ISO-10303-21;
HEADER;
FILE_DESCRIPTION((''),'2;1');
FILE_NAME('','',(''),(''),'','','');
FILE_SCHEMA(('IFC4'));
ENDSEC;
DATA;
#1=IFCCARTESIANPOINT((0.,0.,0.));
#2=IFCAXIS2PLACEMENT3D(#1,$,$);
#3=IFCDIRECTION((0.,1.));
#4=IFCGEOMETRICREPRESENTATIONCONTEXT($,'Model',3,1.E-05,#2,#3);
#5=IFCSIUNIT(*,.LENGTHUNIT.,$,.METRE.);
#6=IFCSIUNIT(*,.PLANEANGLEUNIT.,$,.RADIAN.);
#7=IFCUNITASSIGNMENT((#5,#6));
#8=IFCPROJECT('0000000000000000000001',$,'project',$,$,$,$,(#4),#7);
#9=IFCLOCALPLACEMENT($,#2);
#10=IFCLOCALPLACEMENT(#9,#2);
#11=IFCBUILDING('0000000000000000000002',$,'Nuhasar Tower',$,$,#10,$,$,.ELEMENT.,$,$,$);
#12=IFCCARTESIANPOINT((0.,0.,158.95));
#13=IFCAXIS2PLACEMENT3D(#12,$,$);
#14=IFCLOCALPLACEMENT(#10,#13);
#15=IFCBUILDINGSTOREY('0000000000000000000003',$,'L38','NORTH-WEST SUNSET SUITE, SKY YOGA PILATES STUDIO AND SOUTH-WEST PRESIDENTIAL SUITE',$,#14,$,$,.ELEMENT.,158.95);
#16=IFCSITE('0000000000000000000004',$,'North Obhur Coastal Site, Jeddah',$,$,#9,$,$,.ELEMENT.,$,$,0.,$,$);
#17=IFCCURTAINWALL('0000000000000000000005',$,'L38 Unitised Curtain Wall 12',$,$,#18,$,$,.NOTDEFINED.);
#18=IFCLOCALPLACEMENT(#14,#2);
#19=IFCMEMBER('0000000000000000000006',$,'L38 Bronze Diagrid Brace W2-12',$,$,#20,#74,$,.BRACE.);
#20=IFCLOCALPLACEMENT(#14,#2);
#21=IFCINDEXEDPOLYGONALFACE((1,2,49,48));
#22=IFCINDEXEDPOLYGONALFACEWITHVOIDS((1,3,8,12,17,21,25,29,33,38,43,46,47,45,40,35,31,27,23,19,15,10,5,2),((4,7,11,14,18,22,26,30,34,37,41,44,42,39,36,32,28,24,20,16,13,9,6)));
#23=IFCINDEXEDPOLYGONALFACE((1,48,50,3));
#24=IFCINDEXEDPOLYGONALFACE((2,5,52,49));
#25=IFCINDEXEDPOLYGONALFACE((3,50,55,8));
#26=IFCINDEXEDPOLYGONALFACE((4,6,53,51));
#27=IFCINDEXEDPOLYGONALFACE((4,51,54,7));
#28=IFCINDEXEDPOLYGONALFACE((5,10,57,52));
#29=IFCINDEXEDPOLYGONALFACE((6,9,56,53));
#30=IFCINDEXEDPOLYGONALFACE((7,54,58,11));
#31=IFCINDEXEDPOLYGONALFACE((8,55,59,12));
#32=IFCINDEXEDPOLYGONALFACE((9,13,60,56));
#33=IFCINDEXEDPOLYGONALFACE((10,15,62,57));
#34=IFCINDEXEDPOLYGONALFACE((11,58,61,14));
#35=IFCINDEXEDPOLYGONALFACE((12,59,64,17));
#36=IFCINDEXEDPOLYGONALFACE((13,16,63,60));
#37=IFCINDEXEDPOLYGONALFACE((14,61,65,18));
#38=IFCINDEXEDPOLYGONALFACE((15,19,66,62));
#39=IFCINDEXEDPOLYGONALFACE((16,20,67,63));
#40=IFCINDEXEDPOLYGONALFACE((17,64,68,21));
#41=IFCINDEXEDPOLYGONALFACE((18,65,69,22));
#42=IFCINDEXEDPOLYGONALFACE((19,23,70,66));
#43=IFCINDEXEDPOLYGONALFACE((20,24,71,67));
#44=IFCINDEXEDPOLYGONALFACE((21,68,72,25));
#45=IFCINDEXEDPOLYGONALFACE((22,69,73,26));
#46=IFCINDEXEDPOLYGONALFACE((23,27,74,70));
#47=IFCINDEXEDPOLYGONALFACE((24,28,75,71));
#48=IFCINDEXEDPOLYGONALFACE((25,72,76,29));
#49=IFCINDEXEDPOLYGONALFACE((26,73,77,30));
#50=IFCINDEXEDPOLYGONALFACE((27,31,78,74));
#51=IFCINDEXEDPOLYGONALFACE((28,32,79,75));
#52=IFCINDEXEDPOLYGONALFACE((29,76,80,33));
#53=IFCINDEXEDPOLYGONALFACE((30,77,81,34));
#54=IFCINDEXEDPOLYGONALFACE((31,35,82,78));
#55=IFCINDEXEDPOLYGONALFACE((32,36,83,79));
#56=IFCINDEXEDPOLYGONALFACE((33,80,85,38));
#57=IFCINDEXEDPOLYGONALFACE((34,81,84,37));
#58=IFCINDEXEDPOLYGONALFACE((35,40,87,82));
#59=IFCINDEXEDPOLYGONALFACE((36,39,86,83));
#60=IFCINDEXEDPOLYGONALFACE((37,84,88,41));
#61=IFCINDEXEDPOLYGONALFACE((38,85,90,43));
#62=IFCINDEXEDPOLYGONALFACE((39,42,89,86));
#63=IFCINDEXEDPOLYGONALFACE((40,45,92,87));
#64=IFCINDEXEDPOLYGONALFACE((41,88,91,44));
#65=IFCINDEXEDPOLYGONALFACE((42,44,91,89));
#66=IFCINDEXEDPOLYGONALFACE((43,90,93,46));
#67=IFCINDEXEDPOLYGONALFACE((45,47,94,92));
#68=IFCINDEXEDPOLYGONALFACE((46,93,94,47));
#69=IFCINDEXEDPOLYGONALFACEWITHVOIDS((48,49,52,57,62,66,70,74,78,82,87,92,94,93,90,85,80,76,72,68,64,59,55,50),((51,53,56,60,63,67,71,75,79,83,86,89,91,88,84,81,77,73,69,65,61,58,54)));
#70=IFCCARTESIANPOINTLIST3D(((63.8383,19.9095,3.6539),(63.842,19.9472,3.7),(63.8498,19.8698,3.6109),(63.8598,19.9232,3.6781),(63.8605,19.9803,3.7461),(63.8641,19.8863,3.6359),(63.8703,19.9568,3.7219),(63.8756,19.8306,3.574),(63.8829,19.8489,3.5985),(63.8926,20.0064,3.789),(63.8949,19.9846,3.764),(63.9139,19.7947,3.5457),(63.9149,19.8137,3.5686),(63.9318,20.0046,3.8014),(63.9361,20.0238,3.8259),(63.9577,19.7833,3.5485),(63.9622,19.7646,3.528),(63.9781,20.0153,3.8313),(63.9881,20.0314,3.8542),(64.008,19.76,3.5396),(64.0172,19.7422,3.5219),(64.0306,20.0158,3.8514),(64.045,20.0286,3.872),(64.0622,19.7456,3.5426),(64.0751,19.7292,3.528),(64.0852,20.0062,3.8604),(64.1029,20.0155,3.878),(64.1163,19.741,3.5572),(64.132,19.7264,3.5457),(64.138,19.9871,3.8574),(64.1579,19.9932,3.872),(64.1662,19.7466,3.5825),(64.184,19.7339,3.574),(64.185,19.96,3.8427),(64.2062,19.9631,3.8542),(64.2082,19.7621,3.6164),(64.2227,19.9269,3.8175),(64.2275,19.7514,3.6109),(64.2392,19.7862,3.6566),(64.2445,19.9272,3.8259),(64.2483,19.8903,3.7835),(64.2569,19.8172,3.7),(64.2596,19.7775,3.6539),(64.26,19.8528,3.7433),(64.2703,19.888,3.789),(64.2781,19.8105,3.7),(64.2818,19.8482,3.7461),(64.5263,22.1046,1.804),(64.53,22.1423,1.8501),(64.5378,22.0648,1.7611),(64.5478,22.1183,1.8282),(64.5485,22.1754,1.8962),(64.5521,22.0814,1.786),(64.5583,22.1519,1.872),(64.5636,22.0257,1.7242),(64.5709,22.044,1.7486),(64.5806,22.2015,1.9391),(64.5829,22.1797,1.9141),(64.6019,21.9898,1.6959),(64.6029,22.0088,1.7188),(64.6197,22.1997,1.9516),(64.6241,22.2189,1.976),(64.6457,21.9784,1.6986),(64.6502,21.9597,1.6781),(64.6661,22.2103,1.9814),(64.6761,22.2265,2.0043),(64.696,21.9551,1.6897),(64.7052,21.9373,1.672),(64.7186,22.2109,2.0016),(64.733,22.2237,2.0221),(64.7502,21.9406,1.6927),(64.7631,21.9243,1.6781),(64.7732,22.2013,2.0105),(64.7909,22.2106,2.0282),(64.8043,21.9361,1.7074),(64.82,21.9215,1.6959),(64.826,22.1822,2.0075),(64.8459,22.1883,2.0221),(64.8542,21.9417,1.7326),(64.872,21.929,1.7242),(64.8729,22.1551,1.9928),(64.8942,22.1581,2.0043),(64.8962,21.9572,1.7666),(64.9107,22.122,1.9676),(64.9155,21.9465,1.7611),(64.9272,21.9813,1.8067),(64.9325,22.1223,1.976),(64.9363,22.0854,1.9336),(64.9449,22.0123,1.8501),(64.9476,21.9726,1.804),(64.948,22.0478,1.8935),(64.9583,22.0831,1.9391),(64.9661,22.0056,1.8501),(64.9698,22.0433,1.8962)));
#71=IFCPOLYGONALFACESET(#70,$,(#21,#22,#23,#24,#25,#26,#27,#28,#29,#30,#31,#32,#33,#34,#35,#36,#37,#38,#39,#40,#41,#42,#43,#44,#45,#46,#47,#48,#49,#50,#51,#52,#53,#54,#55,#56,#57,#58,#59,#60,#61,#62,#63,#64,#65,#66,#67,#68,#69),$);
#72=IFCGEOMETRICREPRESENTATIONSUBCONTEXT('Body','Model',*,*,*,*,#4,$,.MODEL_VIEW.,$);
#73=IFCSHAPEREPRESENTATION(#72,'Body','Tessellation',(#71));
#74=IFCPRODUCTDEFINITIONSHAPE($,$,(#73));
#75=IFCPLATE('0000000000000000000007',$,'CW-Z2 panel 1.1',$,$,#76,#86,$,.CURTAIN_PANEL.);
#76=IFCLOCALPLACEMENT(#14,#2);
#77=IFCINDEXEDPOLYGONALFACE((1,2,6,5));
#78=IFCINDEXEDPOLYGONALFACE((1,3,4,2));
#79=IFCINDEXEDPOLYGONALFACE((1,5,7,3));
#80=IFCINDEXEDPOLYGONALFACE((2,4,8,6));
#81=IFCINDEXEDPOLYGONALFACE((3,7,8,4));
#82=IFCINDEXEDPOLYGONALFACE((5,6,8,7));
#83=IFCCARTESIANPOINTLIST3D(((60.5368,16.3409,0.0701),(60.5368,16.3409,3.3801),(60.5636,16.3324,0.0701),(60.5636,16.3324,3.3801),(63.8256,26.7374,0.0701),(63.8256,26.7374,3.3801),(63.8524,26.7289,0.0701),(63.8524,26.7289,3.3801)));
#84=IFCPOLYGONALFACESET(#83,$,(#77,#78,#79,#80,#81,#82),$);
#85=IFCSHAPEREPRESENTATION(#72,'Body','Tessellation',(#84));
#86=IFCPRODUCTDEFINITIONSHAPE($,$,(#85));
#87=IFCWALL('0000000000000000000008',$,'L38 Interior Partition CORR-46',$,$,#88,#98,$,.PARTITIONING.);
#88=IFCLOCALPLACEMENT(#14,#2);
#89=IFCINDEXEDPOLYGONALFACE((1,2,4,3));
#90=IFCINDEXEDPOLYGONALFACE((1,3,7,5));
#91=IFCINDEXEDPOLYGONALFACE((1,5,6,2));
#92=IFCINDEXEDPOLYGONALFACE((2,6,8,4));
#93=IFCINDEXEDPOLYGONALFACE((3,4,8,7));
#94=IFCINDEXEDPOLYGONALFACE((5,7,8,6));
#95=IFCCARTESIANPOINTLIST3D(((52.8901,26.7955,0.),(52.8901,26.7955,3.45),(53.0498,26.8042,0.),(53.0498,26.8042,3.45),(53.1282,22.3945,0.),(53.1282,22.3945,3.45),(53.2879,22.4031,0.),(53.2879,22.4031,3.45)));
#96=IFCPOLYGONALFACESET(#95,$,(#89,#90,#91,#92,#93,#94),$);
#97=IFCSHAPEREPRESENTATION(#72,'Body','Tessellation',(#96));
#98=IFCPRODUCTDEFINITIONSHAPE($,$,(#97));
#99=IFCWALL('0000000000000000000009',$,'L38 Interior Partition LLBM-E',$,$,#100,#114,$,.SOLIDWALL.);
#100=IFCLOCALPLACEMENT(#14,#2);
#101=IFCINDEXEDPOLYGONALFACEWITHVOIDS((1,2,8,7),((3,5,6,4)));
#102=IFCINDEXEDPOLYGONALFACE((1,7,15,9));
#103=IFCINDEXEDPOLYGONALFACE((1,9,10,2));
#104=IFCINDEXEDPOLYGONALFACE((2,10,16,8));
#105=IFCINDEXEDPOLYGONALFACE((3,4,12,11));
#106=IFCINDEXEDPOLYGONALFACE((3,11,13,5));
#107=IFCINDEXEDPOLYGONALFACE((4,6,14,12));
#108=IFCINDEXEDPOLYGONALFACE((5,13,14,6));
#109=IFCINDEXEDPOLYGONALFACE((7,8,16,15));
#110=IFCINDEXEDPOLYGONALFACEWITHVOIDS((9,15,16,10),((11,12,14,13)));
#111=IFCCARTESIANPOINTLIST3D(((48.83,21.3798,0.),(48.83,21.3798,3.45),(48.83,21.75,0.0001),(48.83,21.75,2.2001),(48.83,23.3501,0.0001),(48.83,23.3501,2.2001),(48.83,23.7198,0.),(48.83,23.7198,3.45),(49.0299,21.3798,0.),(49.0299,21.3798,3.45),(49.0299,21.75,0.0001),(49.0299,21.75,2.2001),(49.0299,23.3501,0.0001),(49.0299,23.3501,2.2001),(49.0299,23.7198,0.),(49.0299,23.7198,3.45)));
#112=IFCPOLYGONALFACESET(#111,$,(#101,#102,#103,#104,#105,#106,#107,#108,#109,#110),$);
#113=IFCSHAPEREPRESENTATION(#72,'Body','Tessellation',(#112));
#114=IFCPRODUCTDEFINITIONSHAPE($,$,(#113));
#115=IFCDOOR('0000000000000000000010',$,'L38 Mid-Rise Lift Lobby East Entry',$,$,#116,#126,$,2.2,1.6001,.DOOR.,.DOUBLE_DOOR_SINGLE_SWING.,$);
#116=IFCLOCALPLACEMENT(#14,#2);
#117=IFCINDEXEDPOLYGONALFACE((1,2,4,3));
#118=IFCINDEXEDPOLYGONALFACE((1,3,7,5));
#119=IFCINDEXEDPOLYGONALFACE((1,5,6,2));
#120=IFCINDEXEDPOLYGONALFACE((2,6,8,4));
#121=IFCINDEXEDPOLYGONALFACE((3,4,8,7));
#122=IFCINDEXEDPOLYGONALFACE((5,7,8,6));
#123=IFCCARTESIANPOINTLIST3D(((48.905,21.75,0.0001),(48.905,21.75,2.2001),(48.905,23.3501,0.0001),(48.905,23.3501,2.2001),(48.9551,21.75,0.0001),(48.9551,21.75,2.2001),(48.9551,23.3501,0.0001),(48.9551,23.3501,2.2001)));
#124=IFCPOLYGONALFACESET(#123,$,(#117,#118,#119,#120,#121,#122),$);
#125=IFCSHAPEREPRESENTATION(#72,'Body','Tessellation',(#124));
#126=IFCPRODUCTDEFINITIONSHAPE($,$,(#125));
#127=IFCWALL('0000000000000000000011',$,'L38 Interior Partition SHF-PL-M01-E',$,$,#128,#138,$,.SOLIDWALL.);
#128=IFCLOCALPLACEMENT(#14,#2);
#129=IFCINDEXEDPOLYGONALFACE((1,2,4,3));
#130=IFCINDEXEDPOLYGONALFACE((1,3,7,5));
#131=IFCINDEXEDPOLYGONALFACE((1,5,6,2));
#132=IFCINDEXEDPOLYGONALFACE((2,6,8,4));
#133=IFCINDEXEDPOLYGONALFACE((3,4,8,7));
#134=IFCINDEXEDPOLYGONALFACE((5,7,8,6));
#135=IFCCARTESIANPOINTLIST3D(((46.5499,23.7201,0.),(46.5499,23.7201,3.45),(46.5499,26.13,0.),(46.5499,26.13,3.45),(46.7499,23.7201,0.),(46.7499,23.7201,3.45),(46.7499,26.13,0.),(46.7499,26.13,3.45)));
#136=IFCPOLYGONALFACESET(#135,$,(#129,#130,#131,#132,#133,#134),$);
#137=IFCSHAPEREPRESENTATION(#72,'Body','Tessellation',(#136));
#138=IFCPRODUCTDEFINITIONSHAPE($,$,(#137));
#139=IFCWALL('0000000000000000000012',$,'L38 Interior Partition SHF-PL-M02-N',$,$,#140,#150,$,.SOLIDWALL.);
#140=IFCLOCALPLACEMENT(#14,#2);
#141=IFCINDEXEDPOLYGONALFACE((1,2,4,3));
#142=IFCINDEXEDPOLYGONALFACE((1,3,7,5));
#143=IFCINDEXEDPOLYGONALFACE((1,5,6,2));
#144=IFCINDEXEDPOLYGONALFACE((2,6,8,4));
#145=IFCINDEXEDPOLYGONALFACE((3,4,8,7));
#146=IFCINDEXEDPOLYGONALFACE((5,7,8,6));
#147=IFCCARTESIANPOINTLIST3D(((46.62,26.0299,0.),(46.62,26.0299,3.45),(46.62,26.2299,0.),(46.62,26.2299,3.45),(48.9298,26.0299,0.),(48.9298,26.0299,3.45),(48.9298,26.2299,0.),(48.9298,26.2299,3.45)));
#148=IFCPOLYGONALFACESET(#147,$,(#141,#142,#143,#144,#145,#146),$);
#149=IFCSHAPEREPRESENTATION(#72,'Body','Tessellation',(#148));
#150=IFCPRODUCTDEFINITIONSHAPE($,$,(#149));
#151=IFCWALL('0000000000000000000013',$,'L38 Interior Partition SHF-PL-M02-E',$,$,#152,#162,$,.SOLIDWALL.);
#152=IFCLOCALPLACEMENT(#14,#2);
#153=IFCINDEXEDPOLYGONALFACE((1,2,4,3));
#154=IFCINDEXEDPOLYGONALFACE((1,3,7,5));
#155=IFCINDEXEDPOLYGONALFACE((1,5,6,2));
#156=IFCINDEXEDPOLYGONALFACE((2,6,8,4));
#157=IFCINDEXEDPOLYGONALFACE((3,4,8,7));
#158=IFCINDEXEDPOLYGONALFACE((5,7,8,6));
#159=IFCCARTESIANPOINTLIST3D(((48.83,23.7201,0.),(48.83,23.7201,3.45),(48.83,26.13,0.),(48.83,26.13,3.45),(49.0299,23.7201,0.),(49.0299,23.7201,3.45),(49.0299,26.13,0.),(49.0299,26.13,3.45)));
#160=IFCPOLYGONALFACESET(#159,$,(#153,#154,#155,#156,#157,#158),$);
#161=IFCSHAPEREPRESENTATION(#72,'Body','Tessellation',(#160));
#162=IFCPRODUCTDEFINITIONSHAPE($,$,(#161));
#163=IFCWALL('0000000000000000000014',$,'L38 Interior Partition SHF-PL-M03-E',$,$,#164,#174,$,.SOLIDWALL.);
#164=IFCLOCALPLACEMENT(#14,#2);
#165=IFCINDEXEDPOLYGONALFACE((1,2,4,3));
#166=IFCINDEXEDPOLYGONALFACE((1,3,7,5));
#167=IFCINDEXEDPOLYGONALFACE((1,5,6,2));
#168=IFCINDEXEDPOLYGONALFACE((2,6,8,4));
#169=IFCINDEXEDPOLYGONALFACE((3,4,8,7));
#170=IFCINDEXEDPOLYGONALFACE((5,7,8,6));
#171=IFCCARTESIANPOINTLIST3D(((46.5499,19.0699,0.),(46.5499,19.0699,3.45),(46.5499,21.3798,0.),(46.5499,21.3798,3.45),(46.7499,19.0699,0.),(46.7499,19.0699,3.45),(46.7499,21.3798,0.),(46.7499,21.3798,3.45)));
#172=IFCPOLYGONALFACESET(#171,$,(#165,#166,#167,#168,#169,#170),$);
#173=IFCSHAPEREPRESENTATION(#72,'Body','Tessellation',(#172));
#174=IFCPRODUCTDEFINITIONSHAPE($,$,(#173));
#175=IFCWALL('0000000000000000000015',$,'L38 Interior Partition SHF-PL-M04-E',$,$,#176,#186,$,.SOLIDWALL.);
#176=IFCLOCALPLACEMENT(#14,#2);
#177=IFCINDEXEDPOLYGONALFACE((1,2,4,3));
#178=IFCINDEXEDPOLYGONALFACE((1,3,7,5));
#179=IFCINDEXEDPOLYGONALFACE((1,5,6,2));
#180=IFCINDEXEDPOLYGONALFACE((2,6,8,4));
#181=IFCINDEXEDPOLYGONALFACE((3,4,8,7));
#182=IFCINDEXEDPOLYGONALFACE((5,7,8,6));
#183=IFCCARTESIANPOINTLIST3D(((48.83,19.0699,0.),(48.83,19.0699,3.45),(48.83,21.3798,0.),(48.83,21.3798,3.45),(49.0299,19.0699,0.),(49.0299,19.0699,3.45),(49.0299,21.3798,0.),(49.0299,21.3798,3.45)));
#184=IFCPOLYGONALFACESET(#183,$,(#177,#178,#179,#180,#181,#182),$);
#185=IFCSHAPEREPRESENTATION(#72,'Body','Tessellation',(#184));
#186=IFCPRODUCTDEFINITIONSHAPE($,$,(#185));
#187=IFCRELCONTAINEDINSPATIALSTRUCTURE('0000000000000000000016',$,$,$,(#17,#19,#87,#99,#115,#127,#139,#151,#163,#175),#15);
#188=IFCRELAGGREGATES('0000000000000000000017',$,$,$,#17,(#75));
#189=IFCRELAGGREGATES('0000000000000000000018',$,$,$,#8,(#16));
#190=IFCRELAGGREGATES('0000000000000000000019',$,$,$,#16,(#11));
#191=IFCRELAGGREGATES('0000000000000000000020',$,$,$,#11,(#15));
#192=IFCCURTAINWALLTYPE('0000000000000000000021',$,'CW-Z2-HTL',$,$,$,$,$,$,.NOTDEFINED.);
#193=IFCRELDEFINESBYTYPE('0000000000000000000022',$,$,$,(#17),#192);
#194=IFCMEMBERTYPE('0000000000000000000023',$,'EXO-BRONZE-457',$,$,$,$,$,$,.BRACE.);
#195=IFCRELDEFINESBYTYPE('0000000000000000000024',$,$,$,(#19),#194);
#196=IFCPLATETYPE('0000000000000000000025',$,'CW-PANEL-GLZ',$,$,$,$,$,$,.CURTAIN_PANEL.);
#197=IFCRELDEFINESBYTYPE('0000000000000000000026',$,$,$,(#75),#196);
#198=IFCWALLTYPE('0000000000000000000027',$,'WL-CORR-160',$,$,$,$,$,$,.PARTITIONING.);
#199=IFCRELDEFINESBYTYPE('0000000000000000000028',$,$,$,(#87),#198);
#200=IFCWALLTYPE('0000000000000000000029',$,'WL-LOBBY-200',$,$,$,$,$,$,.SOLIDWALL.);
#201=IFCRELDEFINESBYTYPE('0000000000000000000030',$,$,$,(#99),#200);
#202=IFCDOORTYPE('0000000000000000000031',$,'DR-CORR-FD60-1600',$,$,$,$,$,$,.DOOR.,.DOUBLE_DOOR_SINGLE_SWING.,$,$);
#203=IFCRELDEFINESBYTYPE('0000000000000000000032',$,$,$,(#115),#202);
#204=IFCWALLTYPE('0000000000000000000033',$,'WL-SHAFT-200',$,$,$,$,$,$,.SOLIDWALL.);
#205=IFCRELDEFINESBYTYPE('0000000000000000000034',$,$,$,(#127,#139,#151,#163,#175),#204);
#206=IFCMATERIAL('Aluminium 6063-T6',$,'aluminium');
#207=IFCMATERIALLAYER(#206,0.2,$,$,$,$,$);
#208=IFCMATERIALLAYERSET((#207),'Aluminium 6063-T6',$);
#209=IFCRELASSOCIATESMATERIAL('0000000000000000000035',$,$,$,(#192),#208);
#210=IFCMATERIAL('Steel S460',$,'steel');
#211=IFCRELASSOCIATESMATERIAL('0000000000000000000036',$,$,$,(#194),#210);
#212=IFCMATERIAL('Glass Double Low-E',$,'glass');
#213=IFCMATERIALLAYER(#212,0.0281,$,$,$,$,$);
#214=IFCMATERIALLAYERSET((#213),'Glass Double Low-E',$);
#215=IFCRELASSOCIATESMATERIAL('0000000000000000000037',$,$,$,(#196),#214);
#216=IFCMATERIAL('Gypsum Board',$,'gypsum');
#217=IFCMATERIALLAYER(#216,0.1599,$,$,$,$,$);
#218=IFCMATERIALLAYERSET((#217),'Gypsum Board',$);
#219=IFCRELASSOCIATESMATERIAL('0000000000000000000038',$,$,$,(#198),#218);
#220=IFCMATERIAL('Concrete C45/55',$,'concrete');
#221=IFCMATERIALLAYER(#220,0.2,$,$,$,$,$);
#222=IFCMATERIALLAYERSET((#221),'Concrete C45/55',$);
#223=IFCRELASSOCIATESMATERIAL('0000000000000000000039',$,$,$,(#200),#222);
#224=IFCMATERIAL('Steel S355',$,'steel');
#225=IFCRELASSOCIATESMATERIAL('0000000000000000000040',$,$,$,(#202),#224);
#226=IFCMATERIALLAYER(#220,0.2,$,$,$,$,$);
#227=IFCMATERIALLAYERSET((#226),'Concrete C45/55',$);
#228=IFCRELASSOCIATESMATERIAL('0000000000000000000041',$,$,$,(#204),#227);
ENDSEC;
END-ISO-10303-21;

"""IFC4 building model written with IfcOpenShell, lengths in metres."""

from ifc_helpers import new_model, si_unit, direction, frame, frame_2d, origin, origin_2d, place, context, subcontext, project, spatial, rectangle, hollow_circle, extrude, material, layer, layer_set, material_profile, profile_set, type_object, element, fill, aggregate, save


model = new_model("IFC4")

# Units and contexts
model_context = context("Model", 3, precision=1e-05, world=origin(), true_north=direction((0.0, 1.0)))
body_context = subcontext(model_context, "Body", "Model", "MODEL_VIEW")
ifc_project = project(units=[si_unit("LENGTHUNIT", "METRE"), si_unit("PLANEANGLEUNIT", "RADIAN")], contexts=[model_context])

# Site, building, storey
site_placement = place(None, origin())
site = spatial("IfcSite", under=ifc_project, at=site_placement, Name="North Obhur Coastal Site, Jeddah", CompositionType="ELEMENT", RefElevation=0.0)
building_placement = place(site_placement, origin())
building = spatial("IfcBuilding", under=site, at=building_placement, Name="Nuhasar Tower", CompositionType="ELEMENT")
storey_placement = place(building_placement, frame((0.0, 0.0, 158.95)))
storey = spatial("IfcBuildingStorey", under=building, at=storey_placement, Name="L38", Description="NORTH-WEST SUNSET SUITE, SKY YOGA PILATES STUDIO AND SOUTH-WEST PRESIDENTIAL SUITE", CompositionType="ELEMENT", Elevation=158.95)

# Shared definitions
ifc_material_1 = material(Name="Steel S355", Category="steel")

# Curtain wall
ifc_material_2 = material(Name="Aluminium 6063-T6", Category="aluminium")
ifc_layer_1 = layer(ifc_material_2, 0.2)
ifc_layer_set_1 = layer_set([ifc_layer_1], Name="Aluminium 6063-T6")
curtain_wall_type = type_object("IfcCurtainWallType", Name="CW-Z2-HTL", PredefinedType="NOTDEFINED", material=ifc_layer_set_1)
curtain_wall_placement = place(storey_placement, origin())
curtain_wall = element("IfcCurtainWall", 1, at=curtain_wall_placement, inside=storey, type_object=curtain_wall_type, Name="L38 Unitised Curtain Wall 12", PredefinedType="NOTDEFINED")

# Member
ifc_material_3 = material(Name="Steel S460", Category="steel")
ifc_material_profile_1 = material_profile(ifc_material_3, hollow_circle(Radius=0.2285, WallThickness=0.0222, at=origin_2d()), Name="HSS457X22.2")
ifc_profile_set_1 = profile_set([ifc_material_profile_1], Name="Steel S460")
member_type_1 = type_object("IfcMemberType", Name="EXO-BRONZE-457", PredefinedType="BRACE", material=ifc_profile_set_1)
member_1_placement = place(storey_placement, frame((64.748, 22.074, 1.8501), z_axis=(-0.233068, -0.743616, 0.626669), x_axis=(0.954228, -0.299079, 0.0)))
element("IfcMember", 2, at=member_1_placement, inside=storey, type_object=member_type_1, Name="L38 Bronze Diagrid Brace W2-12", PredefinedType="BRACE", context=body_context, shape_type="SweptSolid", body=[
    extrude(hollow_circle(Radius=0.2285, WallThickness=0.0222, at=origin_2d()), origin(), (0.0, 0.0, 1.0), 2.9519),
])

# Plate
ifc_material_4 = material(Name="Glass Double Low-E", Category="glass")
ifc_layer_2 = layer(ifc_material_4, 0.0281)
ifc_layer_set_2 = layer_set([ifc_layer_2], Name="Glass Double Low-E")
plate_type = type_object("IfcPlateType", Name="CW-PANEL-GLZ", PredefinedType="CURTAIN_PANEL", material=ifc_layer_set_2)
plate_placement = place(storey_placement, frame((62.1946, 21.5349, 0.0701), z_axis=(0.0, 0.0, 1.0), x_axis=(0.301604, 0.953433, 0.0)))
plate = element("IfcPlate", 3, at=plate_placement, type_object=plate_type, Name="CW-Z2 panel 1.1", PredefinedType="CURTAIN_PANEL", context=body_context, shape_type="SweptSolid", body=[
    extrude(rectangle(XDim=10.9043, YDim=0.0281, at=origin_2d()), origin(), (0.0, 0.0, 1.0), 3.3101),
])
aggregate(curtain_wall, [plate])

# Shared definitions
ifc_material_5 = material(Name="Gypsum Board", Category="gypsum")
ifc_layer_3 = layer(ifc_material_5, 0.1599)
ifc_layer_set_3 = layer_set([ifc_layer_3], Name="Gypsum Board")
wall_type_1 = type_object("IfcWallType", Name="WL-CORR-160", PredefinedType="PARTITIONING", material=ifc_layer_set_3)

# Wall
wall_1_placement = place(storey_placement, frame((53.208, 22.3989, 0.0), z_axis=(0.0, 0.0, 1.0), x_axis=(-0.054007, 0.998541, 0.0)))
element("IfcWall", 4, at=wall_1_placement, inside=storey, type_object=wall_type_1, Name="L38 Interior Partition CORR-46", PredefinedType="PARTITIONING", context=body_context, shape_type="SweptSolid", body=[
    extrude(rectangle(XDim=4.4075, YDim=0.1599, at=frame_2d((2.2036, 0.0))), origin(), (0.0, 0.0, 1.0), 3.45),
])

# Wall, opening, door
ifc_material_6 = material(Name="Concrete C45/55", Category="concrete")
ifc_layer_4 = layer(ifc_material_6, 0.2)
ifc_layer_set_4 = layer_set([ifc_layer_4], Name="Concrete C45/55")
wall_type_2 = type_object("IfcWallType", Name="WL-LOBBY-200", PredefinedType="SOLIDWALL", material=ifc_layer_set_4)
wall_2_placement = place(storey_placement, frame((48.9299, 21.3799, 0.0), z_axis=(0.0, 0.0, 1.0), x_axis=(0.0, 1.0, 0.0)))
wall_2 = element("IfcWall", 5, at=wall_2_placement, inside=storey, type_object=wall_type_2, Name="L38 Interior Partition LLBM-E", PredefinedType="SOLIDWALL", context=body_context, shape_type="SweptSolid", body=[
    extrude(rectangle(XDim=2.3401, YDim=0.2, at=frame_2d((1.1699, 0.0))), origin(), (0.0, 0.0, 1.0), 3.45),
])
opening_1_placement = place(wall_2_placement, frame((0.3701, 0.0, 0.0)))
opening_1 = element("IfcOpeningElement", 6, at=opening_1_placement, cuts=wall_2, PredefinedType="OPENING", context=body_context, shape_type="SweptSolid", body=[
    extrude(rectangle(XDim=1.6001, YDim=2.2, at=frame_2d((0.8, 1.1001))), frame((0.0, 0.1099, 0.0), z_axis=(0.0, -1.0, 0.0), x_axis=(1.0, 0.0, 0.0)), (0.0, 0.0, 1.0), 0.22),
])
door_type_1 = type_object("IfcDoorType", Name="DR-CORR-FD60-1600", OperationType="DOUBLE_DOOR_SINGLE_SWING", PredefinedType="DOOR", material=ifc_material_1)
door_1_placement = place(opening_1_placement, origin())
door_1 = element("IfcDoor", 7, at=door_1_placement, inside=storey, type_object=door_type_1, Name="L38 Mid-Rise Lift Lobby East Entry", OperationType="DOUBLE_DOOR_SINGLE_SWING", OverallHeight=2.2, OverallWidth=1.6001, PredefinedType="DOOR", context=body_context, shape_type="SweptSolid", body=[
    extrude(rectangle(XDim=1.6001, YDim=2.2, at=frame_2d((0.8, 1.1001))), frame((0.0, 0.0249, 0.0), z_axis=(0.0, -1.0, 0.0), x_axis=(1.0, 0.0, 0.0)), (0.0, 0.0, 1.0), 0.05),
])
fill(opening_1, door_1)

# Wall
ifc_layer_5 = layer(ifc_material_6, 0.2)
ifc_layer_set_5 = layer_set([ifc_layer_5], Name="Concrete C45/55")
wall_type_3 = type_object("IfcWallType", Name="WL-SHAFT-200", PredefinedType="SOLIDWALL", material=ifc_layer_set_5)
wall_3_placement = place(storey_placement, frame((46.6499, 23.72, 0.0), z_axis=(0.0, 0.0, 1.0), x_axis=(0.0, 1.0, 0.0)))
element("IfcWall", 8, at=wall_3_placement, inside=storey, type_object=wall_type_3, Name="L38 Interior Partition SHF-PL-M01-E", PredefinedType="SOLIDWALL", context=body_context, shape_type="SweptSolid", body=[
    extrude(rectangle(XDim=2.4099, YDim=0.2, at=frame_2d((1.2051, 0.0))), origin(), (0.0, 0.0, 1.0), 3.45),
])

# Walls
wall_4_placement = place(storey_placement, frame((46.6201, 26.1299, 0.0), z_axis=(0.0, 0.0, 1.0), x_axis=(1.0, 0.0, 0.0)))
element("IfcWall", 9, at=wall_4_placement, inside=storey, type_object=wall_type_3, Name="L38 Interior Partition SHF-PL-M02-N", PredefinedType="SOLIDWALL", context=body_context, shape_type="SweptSolid", body=[
    extrude(rectangle(XDim=2.3098, YDim=0.2, at=frame_2d((1.1548, 0.0))), origin(), (0.0, 0.0, 1.0), 3.45),
])
wall_5_placement = place(storey_placement, frame((48.9299, 23.72, 0.0), z_axis=(0.0, 0.0, 1.0), x_axis=(0.0, 1.0, 0.0)))
element("IfcWall", 10, at=wall_5_placement, inside=storey, type_object=wall_type_3, Name="L38 Interior Partition SHF-PL-M02-E", PredefinedType="SOLIDWALL", context=body_context, shape_type="SweptSolid", body=[
    extrude(rectangle(XDim=2.4099, YDim=0.2, at=frame_2d((1.2051, 0.0))), origin(), (0.0, 0.0, 1.0), 3.45),
])
wall_6_placement = place(storey_placement, frame((46.6499, 19.0701, 0.0), z_axis=(0.0, 0.0, 1.0), x_axis=(0.0, 1.0, 0.0)))
element("IfcWall", 11, at=wall_6_placement, inside=storey, type_object=wall_type_3, Name="L38 Interior Partition SHF-PL-M03-E", PredefinedType="SOLIDWALL", context=body_context, shape_type="SweptSolid", body=[
    extrude(rectangle(XDim=2.3098, YDim=0.2, at=frame_2d((1.1548, 0.0))), origin(), (0.0, 0.0, 1.0), 3.45),
])

# Wall
wall_7_placement = place(storey_placement, frame((48.9299, 19.0701, 0.0), z_axis=(0.0, 0.0, 1.0), x_axis=(0.0, 1.0, 0.0)))
element("IfcWall", 12, at=wall_7_placement, inside=storey, type_object=wall_type_3, Name="L38 Interior Partition SHF-PL-M04-E", PredefinedType="SOLIDWALL", context=body_context, shape_type="SweptSolid", body=[
    extrude(rectangle(XDim=2.3098, YDim=0.2, at=frame_2d((1.1548, 0.0))), origin(), (0.0, 0.0, 1.0), 3.45),
])

save(model, "model.ifc")
